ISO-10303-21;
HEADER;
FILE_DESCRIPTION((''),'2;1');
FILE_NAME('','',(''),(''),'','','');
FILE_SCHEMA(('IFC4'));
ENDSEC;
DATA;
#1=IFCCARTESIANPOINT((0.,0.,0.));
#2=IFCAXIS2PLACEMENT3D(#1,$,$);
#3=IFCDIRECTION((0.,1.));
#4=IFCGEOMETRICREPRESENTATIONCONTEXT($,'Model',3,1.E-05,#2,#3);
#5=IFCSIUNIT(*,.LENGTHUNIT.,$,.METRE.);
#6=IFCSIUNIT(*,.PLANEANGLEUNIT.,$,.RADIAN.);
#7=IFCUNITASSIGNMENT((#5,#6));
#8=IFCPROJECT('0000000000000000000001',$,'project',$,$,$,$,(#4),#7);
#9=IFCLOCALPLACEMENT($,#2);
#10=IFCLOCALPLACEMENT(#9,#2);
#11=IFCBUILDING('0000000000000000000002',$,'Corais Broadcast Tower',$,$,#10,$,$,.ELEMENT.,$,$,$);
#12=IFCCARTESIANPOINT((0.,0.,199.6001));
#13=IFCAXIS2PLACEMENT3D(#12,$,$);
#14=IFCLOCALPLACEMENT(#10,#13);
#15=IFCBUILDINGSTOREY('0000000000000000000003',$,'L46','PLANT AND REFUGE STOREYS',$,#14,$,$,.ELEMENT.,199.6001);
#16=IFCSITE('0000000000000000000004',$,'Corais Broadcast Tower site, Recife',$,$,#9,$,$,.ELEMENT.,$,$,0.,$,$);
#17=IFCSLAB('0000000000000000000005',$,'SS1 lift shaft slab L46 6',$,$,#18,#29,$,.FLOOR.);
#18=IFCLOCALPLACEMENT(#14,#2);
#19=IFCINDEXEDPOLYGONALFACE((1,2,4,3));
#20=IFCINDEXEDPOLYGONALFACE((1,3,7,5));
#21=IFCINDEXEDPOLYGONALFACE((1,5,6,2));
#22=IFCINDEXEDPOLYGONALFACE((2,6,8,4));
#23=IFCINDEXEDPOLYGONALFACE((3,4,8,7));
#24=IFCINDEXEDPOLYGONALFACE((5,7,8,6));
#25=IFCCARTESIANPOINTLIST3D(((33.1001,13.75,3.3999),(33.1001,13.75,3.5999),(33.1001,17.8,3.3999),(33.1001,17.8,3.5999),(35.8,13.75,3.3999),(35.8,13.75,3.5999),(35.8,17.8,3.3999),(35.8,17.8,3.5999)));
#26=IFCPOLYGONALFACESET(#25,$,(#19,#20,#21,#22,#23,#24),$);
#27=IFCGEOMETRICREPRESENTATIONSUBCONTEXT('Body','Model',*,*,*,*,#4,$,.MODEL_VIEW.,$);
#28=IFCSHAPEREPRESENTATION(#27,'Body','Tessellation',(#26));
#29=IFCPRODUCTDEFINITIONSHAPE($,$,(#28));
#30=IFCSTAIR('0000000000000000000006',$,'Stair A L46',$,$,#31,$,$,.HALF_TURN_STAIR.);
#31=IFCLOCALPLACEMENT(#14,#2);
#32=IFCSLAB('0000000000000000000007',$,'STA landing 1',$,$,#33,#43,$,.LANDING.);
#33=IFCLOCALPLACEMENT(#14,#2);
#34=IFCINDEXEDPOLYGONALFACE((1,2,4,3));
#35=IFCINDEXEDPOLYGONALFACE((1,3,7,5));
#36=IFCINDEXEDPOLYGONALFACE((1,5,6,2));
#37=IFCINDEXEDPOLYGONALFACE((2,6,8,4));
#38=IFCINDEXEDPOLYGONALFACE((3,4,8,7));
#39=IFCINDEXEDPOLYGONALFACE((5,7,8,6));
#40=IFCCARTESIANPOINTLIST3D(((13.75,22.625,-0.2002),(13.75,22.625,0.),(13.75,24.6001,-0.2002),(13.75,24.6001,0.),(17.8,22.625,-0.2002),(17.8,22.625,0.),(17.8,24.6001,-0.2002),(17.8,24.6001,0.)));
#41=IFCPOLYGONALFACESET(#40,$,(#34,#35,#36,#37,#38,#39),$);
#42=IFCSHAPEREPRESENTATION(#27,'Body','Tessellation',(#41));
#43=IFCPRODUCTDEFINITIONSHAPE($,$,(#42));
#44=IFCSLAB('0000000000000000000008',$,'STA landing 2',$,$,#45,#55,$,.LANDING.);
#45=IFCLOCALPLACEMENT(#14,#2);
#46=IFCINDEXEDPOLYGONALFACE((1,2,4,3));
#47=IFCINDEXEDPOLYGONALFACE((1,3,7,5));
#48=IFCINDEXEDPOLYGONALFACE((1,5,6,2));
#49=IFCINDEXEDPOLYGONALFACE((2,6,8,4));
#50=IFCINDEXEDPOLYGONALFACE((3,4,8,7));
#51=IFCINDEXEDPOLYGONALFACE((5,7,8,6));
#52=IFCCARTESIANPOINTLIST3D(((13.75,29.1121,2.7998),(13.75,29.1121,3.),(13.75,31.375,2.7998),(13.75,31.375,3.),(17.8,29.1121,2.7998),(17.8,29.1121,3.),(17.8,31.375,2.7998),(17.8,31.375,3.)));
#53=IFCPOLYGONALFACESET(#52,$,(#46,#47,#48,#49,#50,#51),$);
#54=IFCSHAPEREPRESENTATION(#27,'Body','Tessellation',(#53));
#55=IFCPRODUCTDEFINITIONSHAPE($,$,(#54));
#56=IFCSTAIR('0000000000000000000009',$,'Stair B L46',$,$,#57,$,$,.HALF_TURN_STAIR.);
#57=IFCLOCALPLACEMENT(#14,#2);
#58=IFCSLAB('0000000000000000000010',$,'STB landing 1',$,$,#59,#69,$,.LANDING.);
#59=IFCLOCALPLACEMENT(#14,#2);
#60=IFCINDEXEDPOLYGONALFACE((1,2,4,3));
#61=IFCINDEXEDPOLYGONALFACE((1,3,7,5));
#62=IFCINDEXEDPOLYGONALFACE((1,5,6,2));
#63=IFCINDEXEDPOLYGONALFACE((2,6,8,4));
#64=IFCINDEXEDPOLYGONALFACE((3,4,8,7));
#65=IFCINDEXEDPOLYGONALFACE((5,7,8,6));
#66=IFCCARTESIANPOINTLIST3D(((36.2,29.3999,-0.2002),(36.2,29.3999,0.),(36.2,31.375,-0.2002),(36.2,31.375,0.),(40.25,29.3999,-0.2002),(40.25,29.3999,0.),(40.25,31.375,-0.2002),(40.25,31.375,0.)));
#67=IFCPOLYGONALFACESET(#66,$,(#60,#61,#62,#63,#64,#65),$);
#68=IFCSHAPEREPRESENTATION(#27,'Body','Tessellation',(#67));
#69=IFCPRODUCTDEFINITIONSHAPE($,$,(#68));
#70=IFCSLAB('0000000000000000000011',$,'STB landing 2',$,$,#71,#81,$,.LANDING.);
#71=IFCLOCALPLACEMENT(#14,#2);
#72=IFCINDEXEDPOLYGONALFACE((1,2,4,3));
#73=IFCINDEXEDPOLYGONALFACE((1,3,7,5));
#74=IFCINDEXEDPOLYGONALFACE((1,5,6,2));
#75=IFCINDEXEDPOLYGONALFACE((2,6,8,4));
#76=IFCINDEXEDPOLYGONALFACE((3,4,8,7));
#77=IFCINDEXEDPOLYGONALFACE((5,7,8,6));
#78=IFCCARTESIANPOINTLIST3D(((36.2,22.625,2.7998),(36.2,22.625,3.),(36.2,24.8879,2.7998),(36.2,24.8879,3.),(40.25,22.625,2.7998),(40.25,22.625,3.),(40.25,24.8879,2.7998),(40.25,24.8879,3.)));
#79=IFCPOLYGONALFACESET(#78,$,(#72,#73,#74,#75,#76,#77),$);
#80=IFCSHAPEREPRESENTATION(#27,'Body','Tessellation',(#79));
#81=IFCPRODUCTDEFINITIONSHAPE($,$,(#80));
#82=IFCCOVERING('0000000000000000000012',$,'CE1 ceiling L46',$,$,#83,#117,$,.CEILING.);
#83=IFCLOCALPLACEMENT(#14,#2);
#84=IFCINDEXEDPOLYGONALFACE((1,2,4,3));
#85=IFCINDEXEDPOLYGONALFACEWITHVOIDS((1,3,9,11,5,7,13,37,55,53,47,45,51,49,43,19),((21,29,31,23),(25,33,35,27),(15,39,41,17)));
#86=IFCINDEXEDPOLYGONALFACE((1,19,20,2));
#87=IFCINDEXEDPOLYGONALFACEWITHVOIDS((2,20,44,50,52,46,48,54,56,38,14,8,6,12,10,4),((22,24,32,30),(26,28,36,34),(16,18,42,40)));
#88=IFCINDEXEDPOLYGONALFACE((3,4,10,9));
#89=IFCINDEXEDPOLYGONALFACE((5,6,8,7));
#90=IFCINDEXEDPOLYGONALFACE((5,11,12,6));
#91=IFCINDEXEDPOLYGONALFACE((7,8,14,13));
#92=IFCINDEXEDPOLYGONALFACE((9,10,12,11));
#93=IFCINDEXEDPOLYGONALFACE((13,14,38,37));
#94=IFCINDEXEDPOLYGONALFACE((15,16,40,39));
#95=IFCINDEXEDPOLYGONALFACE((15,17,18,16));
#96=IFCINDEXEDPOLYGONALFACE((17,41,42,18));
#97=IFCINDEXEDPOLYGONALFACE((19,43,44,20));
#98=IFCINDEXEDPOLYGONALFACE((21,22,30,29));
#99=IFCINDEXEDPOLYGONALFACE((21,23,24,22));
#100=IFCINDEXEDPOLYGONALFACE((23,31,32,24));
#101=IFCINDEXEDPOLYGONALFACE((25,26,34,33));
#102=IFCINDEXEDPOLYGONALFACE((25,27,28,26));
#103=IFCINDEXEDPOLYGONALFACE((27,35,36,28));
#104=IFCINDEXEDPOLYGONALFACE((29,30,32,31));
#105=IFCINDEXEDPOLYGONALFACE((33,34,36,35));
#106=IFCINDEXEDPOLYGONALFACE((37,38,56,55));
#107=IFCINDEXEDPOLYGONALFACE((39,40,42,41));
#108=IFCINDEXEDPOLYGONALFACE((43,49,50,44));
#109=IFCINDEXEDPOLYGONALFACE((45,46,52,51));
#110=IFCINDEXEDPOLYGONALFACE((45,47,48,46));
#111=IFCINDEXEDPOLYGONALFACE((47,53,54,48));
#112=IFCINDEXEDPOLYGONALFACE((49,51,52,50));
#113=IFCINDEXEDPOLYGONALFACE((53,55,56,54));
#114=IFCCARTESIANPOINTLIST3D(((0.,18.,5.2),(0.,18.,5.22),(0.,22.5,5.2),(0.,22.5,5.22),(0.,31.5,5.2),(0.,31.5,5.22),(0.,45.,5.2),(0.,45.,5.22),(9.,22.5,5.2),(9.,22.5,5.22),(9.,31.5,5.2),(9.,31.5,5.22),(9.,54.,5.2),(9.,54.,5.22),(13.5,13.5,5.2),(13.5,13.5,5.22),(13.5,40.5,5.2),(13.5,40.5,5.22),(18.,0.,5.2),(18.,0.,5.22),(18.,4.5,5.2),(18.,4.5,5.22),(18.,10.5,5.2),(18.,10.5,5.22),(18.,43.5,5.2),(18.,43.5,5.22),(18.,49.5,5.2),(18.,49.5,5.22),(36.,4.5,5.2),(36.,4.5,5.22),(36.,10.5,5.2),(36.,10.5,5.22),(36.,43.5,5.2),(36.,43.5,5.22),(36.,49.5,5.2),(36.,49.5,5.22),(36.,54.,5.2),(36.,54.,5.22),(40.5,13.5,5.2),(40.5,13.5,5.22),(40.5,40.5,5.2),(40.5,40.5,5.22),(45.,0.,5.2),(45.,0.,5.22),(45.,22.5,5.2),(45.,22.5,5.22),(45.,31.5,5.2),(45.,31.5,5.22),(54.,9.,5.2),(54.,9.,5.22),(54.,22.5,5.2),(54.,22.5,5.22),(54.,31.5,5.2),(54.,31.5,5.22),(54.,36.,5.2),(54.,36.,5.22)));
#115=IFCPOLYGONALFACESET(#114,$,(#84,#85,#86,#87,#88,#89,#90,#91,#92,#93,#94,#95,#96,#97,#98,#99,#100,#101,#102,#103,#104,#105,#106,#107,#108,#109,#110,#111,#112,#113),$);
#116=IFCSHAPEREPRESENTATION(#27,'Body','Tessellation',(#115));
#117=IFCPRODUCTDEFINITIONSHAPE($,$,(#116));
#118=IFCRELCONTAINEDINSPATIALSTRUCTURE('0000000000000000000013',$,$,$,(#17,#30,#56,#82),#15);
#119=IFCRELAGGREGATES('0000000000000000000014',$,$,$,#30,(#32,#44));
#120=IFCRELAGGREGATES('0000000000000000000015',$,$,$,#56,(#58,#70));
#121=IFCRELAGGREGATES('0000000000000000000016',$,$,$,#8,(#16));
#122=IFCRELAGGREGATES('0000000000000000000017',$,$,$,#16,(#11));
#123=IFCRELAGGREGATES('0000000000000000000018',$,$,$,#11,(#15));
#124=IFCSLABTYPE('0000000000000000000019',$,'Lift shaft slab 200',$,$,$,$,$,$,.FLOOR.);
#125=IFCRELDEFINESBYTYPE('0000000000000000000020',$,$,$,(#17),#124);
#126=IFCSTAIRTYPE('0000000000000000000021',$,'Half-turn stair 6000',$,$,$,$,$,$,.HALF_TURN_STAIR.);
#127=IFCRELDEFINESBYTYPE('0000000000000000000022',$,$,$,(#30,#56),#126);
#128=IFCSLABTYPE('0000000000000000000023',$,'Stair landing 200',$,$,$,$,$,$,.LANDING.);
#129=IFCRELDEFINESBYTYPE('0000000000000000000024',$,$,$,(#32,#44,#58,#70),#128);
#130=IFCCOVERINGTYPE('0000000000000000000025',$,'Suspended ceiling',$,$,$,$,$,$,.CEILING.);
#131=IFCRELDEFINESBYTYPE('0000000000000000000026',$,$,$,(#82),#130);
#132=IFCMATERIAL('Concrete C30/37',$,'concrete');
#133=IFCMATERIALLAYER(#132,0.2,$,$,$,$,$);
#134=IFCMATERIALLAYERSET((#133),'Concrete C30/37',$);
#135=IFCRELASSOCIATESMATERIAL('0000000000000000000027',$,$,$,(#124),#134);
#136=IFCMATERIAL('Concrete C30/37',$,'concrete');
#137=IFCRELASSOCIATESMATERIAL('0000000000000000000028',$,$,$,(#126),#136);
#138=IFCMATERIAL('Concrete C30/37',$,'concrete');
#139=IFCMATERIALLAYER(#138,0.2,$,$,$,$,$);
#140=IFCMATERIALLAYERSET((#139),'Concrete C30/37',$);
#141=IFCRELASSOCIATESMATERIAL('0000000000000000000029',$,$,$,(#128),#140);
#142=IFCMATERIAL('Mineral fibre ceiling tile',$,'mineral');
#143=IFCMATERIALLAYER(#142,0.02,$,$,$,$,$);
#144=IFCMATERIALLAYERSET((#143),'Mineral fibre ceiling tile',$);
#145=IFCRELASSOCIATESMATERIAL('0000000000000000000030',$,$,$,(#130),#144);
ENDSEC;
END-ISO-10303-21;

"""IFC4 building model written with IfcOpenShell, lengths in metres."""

from ifc_helpers import new_model, si_unit, direction, frame, origin, place, context, subcontext, project, spatial, polyline, outline, extrude, material, layer, layer_set, type_object, element, aggregate, save


model = new_model("IFC4")

# Units and contexts
model_context = context("Model", 3, precision=1e-05, world=origin(), true_north=direction((0.0, 1.0)))
body_context = subcontext(model_context, "Body", "Model", "MODEL_VIEW")
ifc_project = project(units=[si_unit("LENGTHUNIT", "METRE"), si_unit("PLANEANGLEUNIT", "RADIAN")], contexts=[model_context])

# Site, building, storey
site_placement = place(None, origin())
site = spatial("IfcSite", under=ifc_project, at=site_placement, Name="Corais Broadcast Tower site, Recife", CompositionType="ELEMENT", RefElevation=0.0)
building_placement = place(site_placement, origin())
building = spatial("IfcBuilding", under=site, at=building_placement, Name="Corais Broadcast Tower", CompositionType="ELEMENT")
storey_placement = place(building_placement, frame((0.0, 0.0, 199.6001)))
storey = spatial("IfcBuildingStorey", under=building, at=storey_placement, Name="L46", Description="PLANT AND REFUGE STOREYS", CompositionType="ELEMENT", Elevation=199.6001)

# Slab
ifc_material_1 = material(Name="Concrete C30/37", Category="concrete")
ifc_layer_1 = layer(ifc_material_1, 0.2)
ifc_layer_set_1 = layer_set([ifc_layer_1], Name="Concrete C30/37")
slab_type_1 = type_object("IfcSlabType", Name="Lift shaft slab 200", PredefinedType="FLOOR", material=ifc_layer_set_1)
slab_1_placement = place(storey_placement, frame((0.0, 0.0, 3.3999)))
element("IfcSlab", 1, at=slab_1_placement, inside=storey, type_object=slab_type_1, Name="SS1 lift shaft slab L46 6", PredefinedType="FLOOR", context=body_context, shape_type="SweptSolid", body=[
    extrude(outline(polyline([(33.1001, 13.75), (35.8, 13.75), (35.8, 17.8), (33.1001, 17.8), (33.1001, 13.75)])), origin(), (0.0, 0.0, 1.0), 0.2),
])

# Stairs, slabs
ifc_material_2 = material(Name="Concrete C30/37", Category="concrete")
stair_type = type_object("IfcStairType", Name="Half-turn stair 6000", PredefinedType="HALF_TURN_STAIR", material=ifc_material_2)
stair_1_placement = place(storey_placement, origin())
stair_1 = element("IfcStair", 2, at=stair_1_placement, inside=storey, type_object=stair_type, Name="Stair A L46", PredefinedType="HALF_TURN_STAIR")
ifc_material_3 = material(Name="Concrete C30/37", Category="concrete")
ifc_layer_2 = layer(ifc_material_3, 0.2)
ifc_layer_set_2 = layer_set([ifc_layer_2], Name="Concrete C30/37")
slab_type_2 = type_object("IfcSlabType", Name="Stair landing 200", PredefinedType="LANDING", material=ifc_layer_set_2)
slab_2_placement = place(storey_placement, frame((0.0, 0.0, -0.2002)))
slab_2 = element("IfcSlab", 3, at=slab_2_placement, type_object=slab_type_2, Name="STA landing 1", PredefinedType="LANDING", context=body_context, shape_type="SweptSolid", body=[
    extrude(outline(polyline([(13.75, 22.625), (17.8, 22.625), (17.8, 24.6001), (13.75, 24.6001), (13.75, 22.625)])), origin(), (0.0, 0.0, 1.0), 0.2002),
])
slab_3_placement = place(storey_placement, frame((0.0, 0.0, 2.7998)))
slab_3 = element("IfcSlab", 4, at=slab_3_placement, type_object=slab_type_2, Name="STA landing 2", PredefinedType="LANDING", context=body_context, shape_type="SweptSolid", body=[
    extrude(outline(polyline([(13.75, 29.1121), (17.8, 29.1121), (17.8, 31.375), (13.75, 31.375), (13.75, 29.1121)])), origin(), (0.0, 0.0, 1.0), 0.2002),
])
aggregate(stair_1, [slab_2, slab_3])
stair_2_placement = place(storey_placement, origin())
stair_2 = element("IfcStair", 5, at=stair_2_placement, inside=storey, type_object=stair_type, Name="Stair B L46", PredefinedType="HALF_TURN_STAIR")
slab_4_placement = place(storey_placement, frame((0.0, 0.0, -0.2002)))
slab_4 = element("IfcSlab", 6, at=slab_4_placement, type_object=slab_type_2, Name="STB landing 1", PredefinedType="LANDING", context=body_context, shape_type="SweptSolid", body=[
    extrude(outline(polyline([(36.2, 29.3999), (40.25, 29.3999), (40.25, 31.375), (36.2, 31.375), (36.2, 29.3999)])), origin(), (0.0, 0.0, 1.0), 0.2002),
])
slab_5_placement = place(storey_placement, frame((0.0, 0.0, 2.7998)))
slab_5 = element("IfcSlab", 7, at=slab_5_placement, type_object=slab_type_2, Name="STB landing 2", PredefinedType="LANDING", context=body_context, shape_type="SweptSolid", body=[
    extrude(outline(polyline([(36.2, 22.625), (40.25, 22.625), (40.25, 24.8879), (36.2, 24.8879), (36.2, 22.625)])), origin(), (0.0, 0.0, 1.0), 0.2002),
])
aggregate(stair_2, [slab_4, slab_5])

# Covering
ifc_material_4 = material(Name="Mineral fibre ceiling tile", Category="mineral")
ifc_layer_3 = layer(ifc_material_4, 0.02)
ifc_layer_set_3 = layer_set([ifc_layer_3], Name="Mineral fibre ceiling tile")
covering_type = type_object("IfcCoveringType", Name="Suspended ceiling", PredefinedType="CEILING", material=ifc_layer_set_3)
covering_placement = place(storey_placement, frame((0.0, 0.0, 5.2)))
element("IfcCovering", 8, at=covering_placement, inside=storey, type_object=covering_type, Name="CE1 ceiling L46", PredefinedType="CEILING", context=body_context, shape_type="SweptSolid", body=[
    extrude(outline(polyline([(0.0, 22.5), (9.0, 22.5), (9.0, 31.5), (0.0, 31.5), (0.0, 45.0), (9.0, 54.0), (36.0, 54.0), (54.0, 36.0), (54.0, 31.5), (45.0, 31.5), (45.0, 22.5), (54.0, 22.5), (54.0, 9.0), (45.0, 0.0), (18.0, 0.0), (0.0, 18.0), (0.0, 22.5)]), holes=[polyline([(13.5, 40.5), (13.5, 13.5), (40.5, 13.5), (40.5, 40.5), (13.5, 40.5)]), polyline([(18.0, 10.5), (18.0, 4.5), (36.0, 4.5), (36.0, 10.5), (18.0, 10.5)]), polyline([(36.0, 49.5), (18.0, 49.5), (18.0, 43.5), (36.0, 43.5), (36.0, 49.5)])]), origin(), (0.0, 0.0, 1.0), 0.02),
])

save(model, "model.ifc")
